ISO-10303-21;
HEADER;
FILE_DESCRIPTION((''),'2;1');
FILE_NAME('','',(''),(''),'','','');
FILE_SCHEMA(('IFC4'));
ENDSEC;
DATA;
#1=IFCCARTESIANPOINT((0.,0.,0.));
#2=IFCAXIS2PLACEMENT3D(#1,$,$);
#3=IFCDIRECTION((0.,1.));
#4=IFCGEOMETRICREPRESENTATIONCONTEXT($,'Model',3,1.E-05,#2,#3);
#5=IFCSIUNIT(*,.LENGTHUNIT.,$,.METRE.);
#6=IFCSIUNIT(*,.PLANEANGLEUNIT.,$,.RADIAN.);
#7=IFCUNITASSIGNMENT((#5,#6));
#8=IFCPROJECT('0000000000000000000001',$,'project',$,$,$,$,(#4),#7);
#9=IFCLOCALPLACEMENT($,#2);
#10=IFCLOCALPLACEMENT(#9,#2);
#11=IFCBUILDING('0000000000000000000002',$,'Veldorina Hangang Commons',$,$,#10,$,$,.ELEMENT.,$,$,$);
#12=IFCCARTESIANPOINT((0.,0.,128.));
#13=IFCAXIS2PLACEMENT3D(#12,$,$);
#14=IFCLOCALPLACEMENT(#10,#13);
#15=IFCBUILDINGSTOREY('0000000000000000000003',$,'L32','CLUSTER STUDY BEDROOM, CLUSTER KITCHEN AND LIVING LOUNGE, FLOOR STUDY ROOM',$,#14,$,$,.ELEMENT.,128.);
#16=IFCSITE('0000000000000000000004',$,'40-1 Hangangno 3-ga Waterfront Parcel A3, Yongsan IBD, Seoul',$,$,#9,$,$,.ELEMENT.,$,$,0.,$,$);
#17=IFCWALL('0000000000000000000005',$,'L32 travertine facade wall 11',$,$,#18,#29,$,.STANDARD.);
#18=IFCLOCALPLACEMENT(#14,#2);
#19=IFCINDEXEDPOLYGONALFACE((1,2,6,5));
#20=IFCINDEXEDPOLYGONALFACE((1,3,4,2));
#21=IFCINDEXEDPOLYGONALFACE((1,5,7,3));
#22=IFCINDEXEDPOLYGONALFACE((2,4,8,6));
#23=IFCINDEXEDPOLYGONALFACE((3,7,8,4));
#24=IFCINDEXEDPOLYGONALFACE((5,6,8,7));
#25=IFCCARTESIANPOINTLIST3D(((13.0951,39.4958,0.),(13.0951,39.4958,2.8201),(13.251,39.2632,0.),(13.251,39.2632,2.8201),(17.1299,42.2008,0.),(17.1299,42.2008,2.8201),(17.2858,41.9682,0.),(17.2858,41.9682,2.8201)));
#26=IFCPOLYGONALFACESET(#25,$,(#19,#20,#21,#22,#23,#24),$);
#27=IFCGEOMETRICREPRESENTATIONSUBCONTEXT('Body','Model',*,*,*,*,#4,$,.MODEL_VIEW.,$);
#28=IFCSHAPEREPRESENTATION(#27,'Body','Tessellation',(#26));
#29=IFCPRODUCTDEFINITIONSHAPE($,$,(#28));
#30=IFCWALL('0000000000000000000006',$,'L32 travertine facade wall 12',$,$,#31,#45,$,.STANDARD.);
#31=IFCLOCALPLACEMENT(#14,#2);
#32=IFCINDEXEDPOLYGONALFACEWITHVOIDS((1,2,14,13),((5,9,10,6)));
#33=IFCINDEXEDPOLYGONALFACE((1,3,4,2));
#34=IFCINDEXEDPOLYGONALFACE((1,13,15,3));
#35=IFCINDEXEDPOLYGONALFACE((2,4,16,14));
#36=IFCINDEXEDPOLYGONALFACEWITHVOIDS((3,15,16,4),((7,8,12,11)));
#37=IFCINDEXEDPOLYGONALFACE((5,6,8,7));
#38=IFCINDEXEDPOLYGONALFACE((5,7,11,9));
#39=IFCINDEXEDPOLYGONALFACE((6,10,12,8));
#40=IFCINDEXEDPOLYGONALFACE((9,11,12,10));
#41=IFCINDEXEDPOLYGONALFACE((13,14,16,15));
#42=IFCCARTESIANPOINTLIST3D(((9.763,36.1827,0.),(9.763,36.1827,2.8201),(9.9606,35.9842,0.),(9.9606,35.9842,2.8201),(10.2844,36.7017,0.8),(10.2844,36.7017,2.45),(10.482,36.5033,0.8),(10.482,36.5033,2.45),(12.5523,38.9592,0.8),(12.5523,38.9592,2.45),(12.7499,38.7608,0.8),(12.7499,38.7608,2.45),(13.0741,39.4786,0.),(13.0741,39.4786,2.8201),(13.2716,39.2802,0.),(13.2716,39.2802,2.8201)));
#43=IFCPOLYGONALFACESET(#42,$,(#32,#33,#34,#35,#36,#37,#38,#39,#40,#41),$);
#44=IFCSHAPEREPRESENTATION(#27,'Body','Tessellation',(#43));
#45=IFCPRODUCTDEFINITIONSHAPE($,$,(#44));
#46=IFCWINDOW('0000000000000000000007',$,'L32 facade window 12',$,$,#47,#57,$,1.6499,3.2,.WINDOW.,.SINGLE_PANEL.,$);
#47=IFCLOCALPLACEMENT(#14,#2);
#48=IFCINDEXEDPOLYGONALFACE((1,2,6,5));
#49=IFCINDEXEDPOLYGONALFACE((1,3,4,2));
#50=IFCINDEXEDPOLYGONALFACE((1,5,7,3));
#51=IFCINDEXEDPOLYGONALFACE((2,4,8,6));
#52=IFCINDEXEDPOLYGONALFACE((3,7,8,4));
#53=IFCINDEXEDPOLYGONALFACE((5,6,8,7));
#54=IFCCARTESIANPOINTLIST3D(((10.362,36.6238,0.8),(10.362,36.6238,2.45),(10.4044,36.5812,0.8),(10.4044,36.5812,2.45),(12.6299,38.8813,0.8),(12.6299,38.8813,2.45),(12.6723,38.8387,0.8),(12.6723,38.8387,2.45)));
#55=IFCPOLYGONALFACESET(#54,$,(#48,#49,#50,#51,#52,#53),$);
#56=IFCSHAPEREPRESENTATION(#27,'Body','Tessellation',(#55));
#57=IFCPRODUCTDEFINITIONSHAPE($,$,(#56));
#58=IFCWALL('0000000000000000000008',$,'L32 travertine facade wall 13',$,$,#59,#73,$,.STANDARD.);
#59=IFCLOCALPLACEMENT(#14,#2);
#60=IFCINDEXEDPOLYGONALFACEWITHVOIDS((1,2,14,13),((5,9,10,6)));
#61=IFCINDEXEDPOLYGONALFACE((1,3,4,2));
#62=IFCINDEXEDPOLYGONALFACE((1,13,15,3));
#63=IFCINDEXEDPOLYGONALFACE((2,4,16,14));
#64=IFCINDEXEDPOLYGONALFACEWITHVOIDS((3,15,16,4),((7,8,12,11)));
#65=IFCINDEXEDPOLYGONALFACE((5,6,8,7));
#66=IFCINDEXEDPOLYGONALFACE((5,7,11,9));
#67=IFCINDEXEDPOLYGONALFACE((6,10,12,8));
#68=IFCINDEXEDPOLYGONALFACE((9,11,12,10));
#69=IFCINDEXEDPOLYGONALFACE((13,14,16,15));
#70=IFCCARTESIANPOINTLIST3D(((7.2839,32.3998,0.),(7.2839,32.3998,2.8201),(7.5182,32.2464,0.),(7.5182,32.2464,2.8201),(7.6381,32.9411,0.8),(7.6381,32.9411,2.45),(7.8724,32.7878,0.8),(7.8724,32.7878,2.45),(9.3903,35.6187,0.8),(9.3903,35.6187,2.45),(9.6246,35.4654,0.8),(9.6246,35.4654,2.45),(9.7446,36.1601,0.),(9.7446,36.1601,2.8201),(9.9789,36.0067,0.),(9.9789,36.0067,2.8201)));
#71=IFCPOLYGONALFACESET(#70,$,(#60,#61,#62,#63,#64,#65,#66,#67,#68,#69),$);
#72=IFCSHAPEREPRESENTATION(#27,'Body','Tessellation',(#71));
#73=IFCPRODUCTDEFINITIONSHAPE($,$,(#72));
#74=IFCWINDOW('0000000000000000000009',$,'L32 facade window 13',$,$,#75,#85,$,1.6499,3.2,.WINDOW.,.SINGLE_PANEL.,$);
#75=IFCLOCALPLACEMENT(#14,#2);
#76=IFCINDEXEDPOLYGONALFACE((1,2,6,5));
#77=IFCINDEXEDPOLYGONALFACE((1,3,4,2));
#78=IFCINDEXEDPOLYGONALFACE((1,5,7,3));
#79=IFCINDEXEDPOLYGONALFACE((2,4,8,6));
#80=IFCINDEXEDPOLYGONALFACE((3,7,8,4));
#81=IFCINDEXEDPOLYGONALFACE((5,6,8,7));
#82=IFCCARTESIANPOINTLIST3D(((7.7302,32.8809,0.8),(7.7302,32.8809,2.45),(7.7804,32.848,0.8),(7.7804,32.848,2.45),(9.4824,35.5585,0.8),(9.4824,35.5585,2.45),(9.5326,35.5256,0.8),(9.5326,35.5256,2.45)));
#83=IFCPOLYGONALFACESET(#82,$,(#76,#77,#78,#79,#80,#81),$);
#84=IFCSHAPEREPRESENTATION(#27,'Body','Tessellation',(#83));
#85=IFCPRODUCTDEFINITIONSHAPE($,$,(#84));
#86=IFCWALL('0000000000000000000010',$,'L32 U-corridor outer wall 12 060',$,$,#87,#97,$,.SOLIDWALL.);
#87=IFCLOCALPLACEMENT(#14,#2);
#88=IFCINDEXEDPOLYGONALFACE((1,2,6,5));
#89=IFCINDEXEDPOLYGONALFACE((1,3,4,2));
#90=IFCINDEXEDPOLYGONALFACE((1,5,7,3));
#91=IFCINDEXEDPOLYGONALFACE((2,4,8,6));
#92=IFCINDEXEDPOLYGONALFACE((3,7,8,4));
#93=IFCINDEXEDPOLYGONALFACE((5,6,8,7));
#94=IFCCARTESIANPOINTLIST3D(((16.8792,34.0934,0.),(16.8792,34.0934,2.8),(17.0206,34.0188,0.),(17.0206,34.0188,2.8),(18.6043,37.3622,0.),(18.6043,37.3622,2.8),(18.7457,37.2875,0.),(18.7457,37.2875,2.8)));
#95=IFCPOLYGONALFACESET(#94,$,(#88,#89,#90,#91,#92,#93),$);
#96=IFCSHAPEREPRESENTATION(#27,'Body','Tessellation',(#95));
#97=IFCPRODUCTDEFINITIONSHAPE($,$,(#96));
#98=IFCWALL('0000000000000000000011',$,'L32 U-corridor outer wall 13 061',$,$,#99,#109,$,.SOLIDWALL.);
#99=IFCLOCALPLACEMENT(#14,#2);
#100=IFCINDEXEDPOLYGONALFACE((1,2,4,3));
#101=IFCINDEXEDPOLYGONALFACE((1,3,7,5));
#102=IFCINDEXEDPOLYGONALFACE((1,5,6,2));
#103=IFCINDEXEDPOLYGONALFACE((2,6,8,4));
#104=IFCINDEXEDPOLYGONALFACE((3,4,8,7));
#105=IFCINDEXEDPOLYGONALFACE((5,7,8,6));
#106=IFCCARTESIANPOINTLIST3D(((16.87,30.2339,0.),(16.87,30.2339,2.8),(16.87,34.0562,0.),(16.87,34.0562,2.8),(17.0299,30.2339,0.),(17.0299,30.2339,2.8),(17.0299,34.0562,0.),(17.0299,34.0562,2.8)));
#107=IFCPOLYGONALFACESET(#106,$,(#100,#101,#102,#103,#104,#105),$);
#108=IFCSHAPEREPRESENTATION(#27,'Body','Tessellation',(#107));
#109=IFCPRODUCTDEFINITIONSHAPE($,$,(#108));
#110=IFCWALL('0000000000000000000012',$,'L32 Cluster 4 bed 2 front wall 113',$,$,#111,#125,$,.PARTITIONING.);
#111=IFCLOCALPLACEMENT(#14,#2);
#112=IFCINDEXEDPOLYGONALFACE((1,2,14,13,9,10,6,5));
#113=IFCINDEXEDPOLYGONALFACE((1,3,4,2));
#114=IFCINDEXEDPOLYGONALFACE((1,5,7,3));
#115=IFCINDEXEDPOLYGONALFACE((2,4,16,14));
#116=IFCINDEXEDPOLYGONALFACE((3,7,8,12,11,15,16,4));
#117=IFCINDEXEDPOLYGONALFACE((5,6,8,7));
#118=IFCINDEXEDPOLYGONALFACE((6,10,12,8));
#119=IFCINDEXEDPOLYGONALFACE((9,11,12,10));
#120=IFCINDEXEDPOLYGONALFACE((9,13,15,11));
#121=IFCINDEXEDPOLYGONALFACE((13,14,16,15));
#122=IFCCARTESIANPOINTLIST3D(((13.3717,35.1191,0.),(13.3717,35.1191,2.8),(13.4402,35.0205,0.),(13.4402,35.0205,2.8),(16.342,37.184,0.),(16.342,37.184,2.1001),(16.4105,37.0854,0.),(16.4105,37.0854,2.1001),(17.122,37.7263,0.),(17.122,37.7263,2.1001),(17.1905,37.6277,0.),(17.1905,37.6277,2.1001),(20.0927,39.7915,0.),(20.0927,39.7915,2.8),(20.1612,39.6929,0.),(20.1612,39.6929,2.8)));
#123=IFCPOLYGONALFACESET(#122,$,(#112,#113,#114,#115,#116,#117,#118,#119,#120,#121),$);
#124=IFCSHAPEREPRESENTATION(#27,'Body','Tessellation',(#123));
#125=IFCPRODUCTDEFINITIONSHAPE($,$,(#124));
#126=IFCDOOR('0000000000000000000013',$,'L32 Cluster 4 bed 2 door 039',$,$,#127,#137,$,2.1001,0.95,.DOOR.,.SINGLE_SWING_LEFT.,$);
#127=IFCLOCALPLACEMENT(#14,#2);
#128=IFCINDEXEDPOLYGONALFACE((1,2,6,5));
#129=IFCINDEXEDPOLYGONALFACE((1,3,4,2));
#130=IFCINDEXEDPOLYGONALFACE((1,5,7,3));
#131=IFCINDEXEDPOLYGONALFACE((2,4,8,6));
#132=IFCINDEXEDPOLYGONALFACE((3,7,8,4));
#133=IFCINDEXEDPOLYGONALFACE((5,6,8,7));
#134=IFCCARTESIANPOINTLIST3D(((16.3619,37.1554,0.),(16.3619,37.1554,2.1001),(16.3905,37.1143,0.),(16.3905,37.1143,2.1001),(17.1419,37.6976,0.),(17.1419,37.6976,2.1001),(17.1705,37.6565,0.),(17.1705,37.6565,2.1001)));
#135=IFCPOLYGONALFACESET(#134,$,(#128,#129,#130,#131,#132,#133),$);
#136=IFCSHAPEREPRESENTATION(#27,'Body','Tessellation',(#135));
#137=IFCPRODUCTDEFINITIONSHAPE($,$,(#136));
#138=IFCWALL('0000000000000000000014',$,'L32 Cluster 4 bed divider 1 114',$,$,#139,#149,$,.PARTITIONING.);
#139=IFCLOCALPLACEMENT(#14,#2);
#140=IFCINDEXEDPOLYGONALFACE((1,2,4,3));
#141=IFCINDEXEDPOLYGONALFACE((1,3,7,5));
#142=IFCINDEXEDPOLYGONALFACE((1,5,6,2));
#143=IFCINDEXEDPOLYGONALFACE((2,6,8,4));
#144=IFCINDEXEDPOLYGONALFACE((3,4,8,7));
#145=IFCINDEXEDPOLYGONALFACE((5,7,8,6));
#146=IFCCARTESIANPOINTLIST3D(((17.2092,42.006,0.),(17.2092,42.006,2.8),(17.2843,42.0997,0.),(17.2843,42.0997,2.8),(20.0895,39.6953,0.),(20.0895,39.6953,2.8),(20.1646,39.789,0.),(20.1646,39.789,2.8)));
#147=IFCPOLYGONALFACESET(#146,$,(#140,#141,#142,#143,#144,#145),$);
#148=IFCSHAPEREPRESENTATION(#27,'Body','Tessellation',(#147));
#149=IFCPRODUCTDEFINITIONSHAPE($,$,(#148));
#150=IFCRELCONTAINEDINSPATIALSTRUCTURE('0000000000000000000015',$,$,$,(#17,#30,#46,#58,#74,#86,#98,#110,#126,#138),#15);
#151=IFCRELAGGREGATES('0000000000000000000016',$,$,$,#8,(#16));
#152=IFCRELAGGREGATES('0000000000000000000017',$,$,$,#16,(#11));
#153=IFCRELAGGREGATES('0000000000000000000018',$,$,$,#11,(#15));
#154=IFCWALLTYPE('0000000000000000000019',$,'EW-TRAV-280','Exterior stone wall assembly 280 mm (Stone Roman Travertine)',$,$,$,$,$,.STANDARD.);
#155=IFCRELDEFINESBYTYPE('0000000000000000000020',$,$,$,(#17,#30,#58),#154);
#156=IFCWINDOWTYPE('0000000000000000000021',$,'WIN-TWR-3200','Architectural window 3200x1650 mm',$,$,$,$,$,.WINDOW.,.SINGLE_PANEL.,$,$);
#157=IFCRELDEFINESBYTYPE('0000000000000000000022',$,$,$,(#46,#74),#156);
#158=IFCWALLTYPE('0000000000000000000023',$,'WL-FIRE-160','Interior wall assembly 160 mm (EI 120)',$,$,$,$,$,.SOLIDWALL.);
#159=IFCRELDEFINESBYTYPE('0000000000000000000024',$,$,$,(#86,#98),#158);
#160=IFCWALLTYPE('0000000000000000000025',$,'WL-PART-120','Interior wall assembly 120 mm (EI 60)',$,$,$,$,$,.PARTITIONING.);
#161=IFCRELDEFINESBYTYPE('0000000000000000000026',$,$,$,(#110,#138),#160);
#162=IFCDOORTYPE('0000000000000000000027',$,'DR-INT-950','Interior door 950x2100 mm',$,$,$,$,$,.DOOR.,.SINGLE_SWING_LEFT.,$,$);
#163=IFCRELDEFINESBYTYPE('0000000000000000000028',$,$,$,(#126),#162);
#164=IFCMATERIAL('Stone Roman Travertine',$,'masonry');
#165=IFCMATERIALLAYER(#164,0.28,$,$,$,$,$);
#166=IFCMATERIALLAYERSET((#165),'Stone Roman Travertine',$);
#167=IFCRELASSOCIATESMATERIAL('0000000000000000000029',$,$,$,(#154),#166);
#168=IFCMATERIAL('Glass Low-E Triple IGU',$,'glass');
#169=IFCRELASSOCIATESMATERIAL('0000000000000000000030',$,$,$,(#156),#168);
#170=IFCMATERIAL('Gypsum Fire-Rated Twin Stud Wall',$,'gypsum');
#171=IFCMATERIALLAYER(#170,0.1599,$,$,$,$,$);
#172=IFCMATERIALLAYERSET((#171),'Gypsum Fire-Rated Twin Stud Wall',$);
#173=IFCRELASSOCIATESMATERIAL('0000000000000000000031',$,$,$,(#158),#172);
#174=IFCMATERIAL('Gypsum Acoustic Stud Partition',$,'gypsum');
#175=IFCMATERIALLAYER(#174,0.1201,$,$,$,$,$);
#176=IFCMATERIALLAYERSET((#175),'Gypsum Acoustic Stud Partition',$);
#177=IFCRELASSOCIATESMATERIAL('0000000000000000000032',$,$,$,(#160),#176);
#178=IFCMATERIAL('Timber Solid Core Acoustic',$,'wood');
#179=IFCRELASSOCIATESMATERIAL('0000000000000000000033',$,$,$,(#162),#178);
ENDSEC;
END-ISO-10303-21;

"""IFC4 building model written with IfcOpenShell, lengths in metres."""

from ifc_helpers import new_model, si_unit, direction, frame, frame_2d, origin, place, context, subcontext, project, spatial, rectangle, extrude, material, layer, layer_set, type_object, element, fill, save


model = new_model("IFC4")

# Units and contexts
model_context = context("Model", 3, precision=1e-05, world=origin(), true_north=direction((0.0, 1.0)))
body_context = subcontext(model_context, "Body", "Model", "MODEL_VIEW")
ifc_project = project(units=[si_unit("LENGTHUNIT", "METRE"), si_unit("PLANEANGLEUNIT", "RADIAN")], contexts=[model_context])

# Site, building, storey
site_placement = place(None, origin())
site = spatial("IfcSite", under=ifc_project, at=site_placement, Name="40-1 Hangangno 3-ga Waterfront Parcel A3, Yongsan IBD, Seoul", CompositionType="ELEMENT", RefElevation=0.0)
building_placement = place(site_placement, origin())
building = spatial("IfcBuilding", under=site, at=building_placement, Name="Veldorina Hangang Commons", CompositionType="ELEMENT")
storey_placement = place(building_placement, frame((0.0, 0.0, 128.0)))
storey = spatial("IfcBuildingStorey", under=building, at=storey_placement, Name="L32", Description="CLUSTER STUDY BEDROOM, CLUSTER KITCHEN AND LIVING LOUNGE, FLOOR STUDY ROOM", CompositionType="ELEMENT", Elevation=128.0)

# Wall
ifc_material_1 = material(Name="Stone Roman Travertine", Category="masonry")
ifc_layer_1 = layer(ifc_material_1, 0.28)
ifc_layer_set_1 = layer_set([ifc_layer_1], Name="Stone Roman Travertine")
wall_type_1 = type_object("IfcWallType", Name="EW-TRAV-280", Description="Exterior stone wall assembly 280 mm (Stone Roman Travertine)", PredefinedType="STANDARD", material=ifc_layer_set_1)
wall_1_placement = place(storey_placement, frame((17.2078, 42.0845, 0.0), z_axis=(0.0, 0.0, 1.0), x_axis=(-0.830609, -0.556856, 0.0)))
element("IfcWall", 1, at=wall_1_placement, inside=storey, type_object=wall_type_1, Name="L32 travertine facade wall 11", PredefinedType="STANDARD", context=body_context, shape_type="SweptSolid", body=[
    extrude(rectangle(XDim=4.8577, YDim=0.28, at=frame_2d((2.4287, 0.0))), origin(), (0.0, 0.0, 1.0), 2.8201),
])

# Walls, openings, windows
wall_2_placement = place(storey_placement, frame((13.1729, 39.3794, 0.0), z_axis=(0.0, 0.0, 1.0), x_axis=(-0.708725, -0.705485, 0.0)))
wall_2 = element("IfcWall", 2, at=wall_2_placement, inside=storey, type_object=wall_type_1, Name="L32 travertine facade wall 12", PredefinedType="STANDARD", context=body_context, shape_type="SweptSolid", body=[
    extrude(rectangle(XDim=4.6719, YDim=0.28, at=frame_2d((2.3359, 0.0))), origin(), (0.0, 0.0, 1.0), 2.8201),
])
opening_1_placement = place(wall_2_placement, frame((0.7361, 0.0, 0.8)))
opening_1 = element("IfcOpeningElement", 3, at=opening_1_placement, cuts=wall_2, PredefinedType="OPENING", context=body_context, shape_type="SweptSolid", body=[
    extrude(rectangle(XDim=3.2, YDim=1.6499, at=frame_2d((1.6001, 0.825))), frame((0.0, 0.1499, 0.0), z_axis=(0.0, -1.0, 0.0), x_axis=(1.0, 0.0, 0.0)), (0.0, 0.0, 1.0), 0.3),
])
ifc_material_2 = material(Name="Glass Low-E Triple IGU", Category="glass")
window_type = type_object("IfcWindowType", Name="WIN-TWR-3200", Description="Architectural window 3200x1650 mm", PartitioningType="SINGLE_PANEL", PredefinedType="WINDOW", material=ifc_material_2)
window_1_placement = place(opening_1_placement, origin())
window_1 = element("IfcWindow", 4, at=window_1_placement, inside=storey, type_object=window_type, Name="L32 facade window 12", OverallHeight=1.6499, OverallWidth=3.2, PartitioningType="SINGLE_PANEL", PredefinedType="WINDOW", context=body_context, shape_type="SweptSolid", body=[
    extrude(rectangle(XDim=3.2, YDim=1.6499, at=frame_2d((1.6001, 0.825))), frame((0.0, 0.03, 0.0), z_axis=(0.0, -1.0, 0.0), x_axis=(1.0, 0.0, 0.0)), (0.0, 0.0, 1.0), 0.0601),
])
fill(opening_1, window_1)
wall_3_placement = place(storey_placement, frame((9.8618, 36.0835, 0.0), z_axis=(0.0, 0.0, 1.0), x_axis=(-0.547571, -0.836759, 0.0)))
wall_3 = element("IfcWall", 5, at=wall_3_placement, inside=storey, type_object=wall_type_1, Name="L32 travertine facade wall 13", PredefinedType="STANDARD", context=body_context, shape_type="SweptSolid", body=[
    extrude(rectangle(XDim=4.4939, YDim=0.28, at=frame_2d((2.2471, 0.0))), origin(), (0.0, 0.0, 1.0), 2.8201),
])
opening_2_placement = place(wall_3_placement, frame((0.647, 0.0, 0.8)))
opening_2 = element("IfcOpeningElement", 6, at=opening_2_placement, cuts=wall_3, PredefinedType="OPENING", context=body_context, shape_type="SweptSolid", body=[
    extrude(rectangle(XDim=3.2, YDim=1.6499, at=frame_2d((1.6001, 0.825))), frame((0.0, 0.1499, 0.0), z_axis=(0.0, -1.0, 0.0), x_axis=(1.0, 0.0, 0.0)), (0.0, 0.0, 1.0), 0.3),
])
window_2_placement = place(opening_2_placement, origin())
window_2 = element("IfcWindow", 7, at=window_2_placement, inside=storey, type_object=window_type, Name="L32 facade window 13", OverallHeight=1.6499, OverallWidth=3.2, PartitioningType="SINGLE_PANEL", PredefinedType="WINDOW", context=body_context, shape_type="SweptSolid", body=[
    extrude(rectangle(XDim=3.2, YDim=1.6499, at=frame_2d((1.6001, 0.825))), frame((0.0, 0.03, 0.0), z_axis=(0.0, -1.0, 0.0), x_axis=(1.0, 0.0, 0.0)), (0.0, 0.0, 1.0), 0.0601),
])
fill(opening_2, window_2)

# Walls
ifc_material_3 = material(Name="Gypsum Fire-Rated Twin Stud Wall", Category="gypsum")
ifc_layer_2 = layer(ifc_material_3, 0.1599)
ifc_layer_set_2 = layer_set([ifc_layer_2], Name="Gypsum Fire-Rated Twin Stud Wall")
wall_type_2 = type_object("IfcWallType", Name="WL-FIRE-160", Description="Interior wall assembly 160 mm (EI 120)", PredefinedType="SOLIDWALL", material=ifc_layer_set_2)
wall_4_placement = place(storey_placement, frame((18.675, 37.325, 0.0), z_axis=(0.0, 0.0, 1.0), x_axis=(-0.466737, -0.884396, 0.0)))
element("IfcWall", 8, at=wall_4_placement, inside=storey, type_object=wall_type_2, Name="L32 U-corridor outer wall 12 060", PredefinedType="SOLIDWALL", context=body_context, shape_type="SweptSolid", body=[
    extrude(rectangle(XDim=3.696, YDim=0.1599, at=frame_2d((1.8481, 0.0))), origin(), (0.0, 0.0, 1.0), 2.8),
])
wall_5_placement = place(storey_placement, frame((16.95, 34.0562, 0.0), z_axis=(0.0, 0.0, 1.0), x_axis=(0.0, -1.0, 0.0)))
element("IfcWall", 9, at=wall_5_placement, inside=storey, type_object=wall_type_2, Name="L32 U-corridor outer wall 13 061", PredefinedType="SOLIDWALL", context=body_context, shape_type="SweptSolid", body=[
    extrude(rectangle(XDim=3.8223, YDim=0.1599, at=frame_2d((1.9111, 0.0))), origin(), (0.0, 0.0, 1.0), 2.8),
])

# Wall, opening, door
ifc_material_4 = material(Name="Gypsum Acoustic Stud Partition", Category="gypsum")
ifc_layer_3 = layer(ifc_material_4, 0.1201)
ifc_layer_set_3 = layer_set([ifc_layer_3], Name="Gypsum Acoustic Stud Partition")
wall_type_3 = type_object("IfcWallType", Name="WL-PART-120", Description="Interior wall assembly 120 mm (EI 60)", PredefinedType="PARTITIONING", material=ifc_layer_set_3)
wall_6_placement = place(storey_placement, frame((20.127, 39.7422, 0.0), z_axis=(0.0, 0.0, 1.0), x_axis=(-0.821081, -0.570811, 0.0)))
wall_6 = element("IfcWall", 10, at=wall_6_placement, inside=storey, type_object=wall_type_3, Name="L32 Cluster 4 bed 2 front wall 113", PredefinedType="PARTITIONING", context=body_context, shape_type="SweptSolid", body=[
    extrude(rectangle(XDim=8.1855, YDim=0.1201, at=frame_2d((4.0928, 0.0))), origin(), (0.0, 0.0, 1.0), 2.8),
])
opening_3_placement = place(wall_6_placement, frame((3.6179, 0.0, 0.0)))
opening_3 = element("IfcOpeningElement", 11, at=opening_3_placement, cuts=wall_6, PredefinedType="OPENING", context=body_context, shape_type="SweptSolid", body=[
    extrude(rectangle(XDim=0.95, YDim=2.1001, at=frame_2d((0.4751, 1.05))), frame((0.0, 0.0701, 0.0), z_axis=(0.0, -1.0, 0.0), x_axis=(1.0, 0.0, 0.0)), (0.0, 0.0, 1.0), 0.1401),
])
ifc_material_5 = material(Name="Timber Solid Core Acoustic", Category="wood")
door_type = type_object("IfcDoorType", Name="DR-INT-950", Description="Interior door 950x2100 mm", OperationType="SINGLE_SWING_LEFT", PredefinedType="DOOR", material=ifc_material_5)
door_1_placement = place(opening_3_placement, origin())
door_1 = element("IfcDoor", 12, at=door_1_placement, inside=storey, type_object=door_type, Name="L32 Cluster 4 bed 2 door 039", OperationType="SINGLE_SWING_LEFT", OverallHeight=2.1001, OverallWidth=0.95, PredefinedType="DOOR", context=body_context, shape_type="SweptSolid", body=[
    extrude(rectangle(XDim=0.95, YDim=2.1001, at=frame_2d((0.4751, 1.05))), frame((0.0, 0.0249, 0.0), z_axis=(0.0, -1.0, 0.0), x_axis=(1.0, 0.0, 0.0)), (0.0, 0.0, 1.0), 0.05),
])
fill(opening_3, door_1)

# Wall
wall_7_placement = place(storey_placement, frame((20.127, 39.7422, 0.0), z_axis=(0.0, 0.0, 1.0), x_axis=(-0.78001, 0.625767, 0.0)))
element("IfcWall", 13, at=wall_7_placement, inside=storey, type_object=wall_type_3, Name="L32 Cluster 4 bed divider 1 114", PredefinedType="PARTITIONING", context=body_context, shape_type="SweptSolid", body=[
    extrude(rectangle(XDim=3.6926, YDim=0.1201, at=frame_2d((1.8462, 0.0))), origin(), (0.0, 0.0, 1.0), 2.8),
])

save(model, "model.ifc")
